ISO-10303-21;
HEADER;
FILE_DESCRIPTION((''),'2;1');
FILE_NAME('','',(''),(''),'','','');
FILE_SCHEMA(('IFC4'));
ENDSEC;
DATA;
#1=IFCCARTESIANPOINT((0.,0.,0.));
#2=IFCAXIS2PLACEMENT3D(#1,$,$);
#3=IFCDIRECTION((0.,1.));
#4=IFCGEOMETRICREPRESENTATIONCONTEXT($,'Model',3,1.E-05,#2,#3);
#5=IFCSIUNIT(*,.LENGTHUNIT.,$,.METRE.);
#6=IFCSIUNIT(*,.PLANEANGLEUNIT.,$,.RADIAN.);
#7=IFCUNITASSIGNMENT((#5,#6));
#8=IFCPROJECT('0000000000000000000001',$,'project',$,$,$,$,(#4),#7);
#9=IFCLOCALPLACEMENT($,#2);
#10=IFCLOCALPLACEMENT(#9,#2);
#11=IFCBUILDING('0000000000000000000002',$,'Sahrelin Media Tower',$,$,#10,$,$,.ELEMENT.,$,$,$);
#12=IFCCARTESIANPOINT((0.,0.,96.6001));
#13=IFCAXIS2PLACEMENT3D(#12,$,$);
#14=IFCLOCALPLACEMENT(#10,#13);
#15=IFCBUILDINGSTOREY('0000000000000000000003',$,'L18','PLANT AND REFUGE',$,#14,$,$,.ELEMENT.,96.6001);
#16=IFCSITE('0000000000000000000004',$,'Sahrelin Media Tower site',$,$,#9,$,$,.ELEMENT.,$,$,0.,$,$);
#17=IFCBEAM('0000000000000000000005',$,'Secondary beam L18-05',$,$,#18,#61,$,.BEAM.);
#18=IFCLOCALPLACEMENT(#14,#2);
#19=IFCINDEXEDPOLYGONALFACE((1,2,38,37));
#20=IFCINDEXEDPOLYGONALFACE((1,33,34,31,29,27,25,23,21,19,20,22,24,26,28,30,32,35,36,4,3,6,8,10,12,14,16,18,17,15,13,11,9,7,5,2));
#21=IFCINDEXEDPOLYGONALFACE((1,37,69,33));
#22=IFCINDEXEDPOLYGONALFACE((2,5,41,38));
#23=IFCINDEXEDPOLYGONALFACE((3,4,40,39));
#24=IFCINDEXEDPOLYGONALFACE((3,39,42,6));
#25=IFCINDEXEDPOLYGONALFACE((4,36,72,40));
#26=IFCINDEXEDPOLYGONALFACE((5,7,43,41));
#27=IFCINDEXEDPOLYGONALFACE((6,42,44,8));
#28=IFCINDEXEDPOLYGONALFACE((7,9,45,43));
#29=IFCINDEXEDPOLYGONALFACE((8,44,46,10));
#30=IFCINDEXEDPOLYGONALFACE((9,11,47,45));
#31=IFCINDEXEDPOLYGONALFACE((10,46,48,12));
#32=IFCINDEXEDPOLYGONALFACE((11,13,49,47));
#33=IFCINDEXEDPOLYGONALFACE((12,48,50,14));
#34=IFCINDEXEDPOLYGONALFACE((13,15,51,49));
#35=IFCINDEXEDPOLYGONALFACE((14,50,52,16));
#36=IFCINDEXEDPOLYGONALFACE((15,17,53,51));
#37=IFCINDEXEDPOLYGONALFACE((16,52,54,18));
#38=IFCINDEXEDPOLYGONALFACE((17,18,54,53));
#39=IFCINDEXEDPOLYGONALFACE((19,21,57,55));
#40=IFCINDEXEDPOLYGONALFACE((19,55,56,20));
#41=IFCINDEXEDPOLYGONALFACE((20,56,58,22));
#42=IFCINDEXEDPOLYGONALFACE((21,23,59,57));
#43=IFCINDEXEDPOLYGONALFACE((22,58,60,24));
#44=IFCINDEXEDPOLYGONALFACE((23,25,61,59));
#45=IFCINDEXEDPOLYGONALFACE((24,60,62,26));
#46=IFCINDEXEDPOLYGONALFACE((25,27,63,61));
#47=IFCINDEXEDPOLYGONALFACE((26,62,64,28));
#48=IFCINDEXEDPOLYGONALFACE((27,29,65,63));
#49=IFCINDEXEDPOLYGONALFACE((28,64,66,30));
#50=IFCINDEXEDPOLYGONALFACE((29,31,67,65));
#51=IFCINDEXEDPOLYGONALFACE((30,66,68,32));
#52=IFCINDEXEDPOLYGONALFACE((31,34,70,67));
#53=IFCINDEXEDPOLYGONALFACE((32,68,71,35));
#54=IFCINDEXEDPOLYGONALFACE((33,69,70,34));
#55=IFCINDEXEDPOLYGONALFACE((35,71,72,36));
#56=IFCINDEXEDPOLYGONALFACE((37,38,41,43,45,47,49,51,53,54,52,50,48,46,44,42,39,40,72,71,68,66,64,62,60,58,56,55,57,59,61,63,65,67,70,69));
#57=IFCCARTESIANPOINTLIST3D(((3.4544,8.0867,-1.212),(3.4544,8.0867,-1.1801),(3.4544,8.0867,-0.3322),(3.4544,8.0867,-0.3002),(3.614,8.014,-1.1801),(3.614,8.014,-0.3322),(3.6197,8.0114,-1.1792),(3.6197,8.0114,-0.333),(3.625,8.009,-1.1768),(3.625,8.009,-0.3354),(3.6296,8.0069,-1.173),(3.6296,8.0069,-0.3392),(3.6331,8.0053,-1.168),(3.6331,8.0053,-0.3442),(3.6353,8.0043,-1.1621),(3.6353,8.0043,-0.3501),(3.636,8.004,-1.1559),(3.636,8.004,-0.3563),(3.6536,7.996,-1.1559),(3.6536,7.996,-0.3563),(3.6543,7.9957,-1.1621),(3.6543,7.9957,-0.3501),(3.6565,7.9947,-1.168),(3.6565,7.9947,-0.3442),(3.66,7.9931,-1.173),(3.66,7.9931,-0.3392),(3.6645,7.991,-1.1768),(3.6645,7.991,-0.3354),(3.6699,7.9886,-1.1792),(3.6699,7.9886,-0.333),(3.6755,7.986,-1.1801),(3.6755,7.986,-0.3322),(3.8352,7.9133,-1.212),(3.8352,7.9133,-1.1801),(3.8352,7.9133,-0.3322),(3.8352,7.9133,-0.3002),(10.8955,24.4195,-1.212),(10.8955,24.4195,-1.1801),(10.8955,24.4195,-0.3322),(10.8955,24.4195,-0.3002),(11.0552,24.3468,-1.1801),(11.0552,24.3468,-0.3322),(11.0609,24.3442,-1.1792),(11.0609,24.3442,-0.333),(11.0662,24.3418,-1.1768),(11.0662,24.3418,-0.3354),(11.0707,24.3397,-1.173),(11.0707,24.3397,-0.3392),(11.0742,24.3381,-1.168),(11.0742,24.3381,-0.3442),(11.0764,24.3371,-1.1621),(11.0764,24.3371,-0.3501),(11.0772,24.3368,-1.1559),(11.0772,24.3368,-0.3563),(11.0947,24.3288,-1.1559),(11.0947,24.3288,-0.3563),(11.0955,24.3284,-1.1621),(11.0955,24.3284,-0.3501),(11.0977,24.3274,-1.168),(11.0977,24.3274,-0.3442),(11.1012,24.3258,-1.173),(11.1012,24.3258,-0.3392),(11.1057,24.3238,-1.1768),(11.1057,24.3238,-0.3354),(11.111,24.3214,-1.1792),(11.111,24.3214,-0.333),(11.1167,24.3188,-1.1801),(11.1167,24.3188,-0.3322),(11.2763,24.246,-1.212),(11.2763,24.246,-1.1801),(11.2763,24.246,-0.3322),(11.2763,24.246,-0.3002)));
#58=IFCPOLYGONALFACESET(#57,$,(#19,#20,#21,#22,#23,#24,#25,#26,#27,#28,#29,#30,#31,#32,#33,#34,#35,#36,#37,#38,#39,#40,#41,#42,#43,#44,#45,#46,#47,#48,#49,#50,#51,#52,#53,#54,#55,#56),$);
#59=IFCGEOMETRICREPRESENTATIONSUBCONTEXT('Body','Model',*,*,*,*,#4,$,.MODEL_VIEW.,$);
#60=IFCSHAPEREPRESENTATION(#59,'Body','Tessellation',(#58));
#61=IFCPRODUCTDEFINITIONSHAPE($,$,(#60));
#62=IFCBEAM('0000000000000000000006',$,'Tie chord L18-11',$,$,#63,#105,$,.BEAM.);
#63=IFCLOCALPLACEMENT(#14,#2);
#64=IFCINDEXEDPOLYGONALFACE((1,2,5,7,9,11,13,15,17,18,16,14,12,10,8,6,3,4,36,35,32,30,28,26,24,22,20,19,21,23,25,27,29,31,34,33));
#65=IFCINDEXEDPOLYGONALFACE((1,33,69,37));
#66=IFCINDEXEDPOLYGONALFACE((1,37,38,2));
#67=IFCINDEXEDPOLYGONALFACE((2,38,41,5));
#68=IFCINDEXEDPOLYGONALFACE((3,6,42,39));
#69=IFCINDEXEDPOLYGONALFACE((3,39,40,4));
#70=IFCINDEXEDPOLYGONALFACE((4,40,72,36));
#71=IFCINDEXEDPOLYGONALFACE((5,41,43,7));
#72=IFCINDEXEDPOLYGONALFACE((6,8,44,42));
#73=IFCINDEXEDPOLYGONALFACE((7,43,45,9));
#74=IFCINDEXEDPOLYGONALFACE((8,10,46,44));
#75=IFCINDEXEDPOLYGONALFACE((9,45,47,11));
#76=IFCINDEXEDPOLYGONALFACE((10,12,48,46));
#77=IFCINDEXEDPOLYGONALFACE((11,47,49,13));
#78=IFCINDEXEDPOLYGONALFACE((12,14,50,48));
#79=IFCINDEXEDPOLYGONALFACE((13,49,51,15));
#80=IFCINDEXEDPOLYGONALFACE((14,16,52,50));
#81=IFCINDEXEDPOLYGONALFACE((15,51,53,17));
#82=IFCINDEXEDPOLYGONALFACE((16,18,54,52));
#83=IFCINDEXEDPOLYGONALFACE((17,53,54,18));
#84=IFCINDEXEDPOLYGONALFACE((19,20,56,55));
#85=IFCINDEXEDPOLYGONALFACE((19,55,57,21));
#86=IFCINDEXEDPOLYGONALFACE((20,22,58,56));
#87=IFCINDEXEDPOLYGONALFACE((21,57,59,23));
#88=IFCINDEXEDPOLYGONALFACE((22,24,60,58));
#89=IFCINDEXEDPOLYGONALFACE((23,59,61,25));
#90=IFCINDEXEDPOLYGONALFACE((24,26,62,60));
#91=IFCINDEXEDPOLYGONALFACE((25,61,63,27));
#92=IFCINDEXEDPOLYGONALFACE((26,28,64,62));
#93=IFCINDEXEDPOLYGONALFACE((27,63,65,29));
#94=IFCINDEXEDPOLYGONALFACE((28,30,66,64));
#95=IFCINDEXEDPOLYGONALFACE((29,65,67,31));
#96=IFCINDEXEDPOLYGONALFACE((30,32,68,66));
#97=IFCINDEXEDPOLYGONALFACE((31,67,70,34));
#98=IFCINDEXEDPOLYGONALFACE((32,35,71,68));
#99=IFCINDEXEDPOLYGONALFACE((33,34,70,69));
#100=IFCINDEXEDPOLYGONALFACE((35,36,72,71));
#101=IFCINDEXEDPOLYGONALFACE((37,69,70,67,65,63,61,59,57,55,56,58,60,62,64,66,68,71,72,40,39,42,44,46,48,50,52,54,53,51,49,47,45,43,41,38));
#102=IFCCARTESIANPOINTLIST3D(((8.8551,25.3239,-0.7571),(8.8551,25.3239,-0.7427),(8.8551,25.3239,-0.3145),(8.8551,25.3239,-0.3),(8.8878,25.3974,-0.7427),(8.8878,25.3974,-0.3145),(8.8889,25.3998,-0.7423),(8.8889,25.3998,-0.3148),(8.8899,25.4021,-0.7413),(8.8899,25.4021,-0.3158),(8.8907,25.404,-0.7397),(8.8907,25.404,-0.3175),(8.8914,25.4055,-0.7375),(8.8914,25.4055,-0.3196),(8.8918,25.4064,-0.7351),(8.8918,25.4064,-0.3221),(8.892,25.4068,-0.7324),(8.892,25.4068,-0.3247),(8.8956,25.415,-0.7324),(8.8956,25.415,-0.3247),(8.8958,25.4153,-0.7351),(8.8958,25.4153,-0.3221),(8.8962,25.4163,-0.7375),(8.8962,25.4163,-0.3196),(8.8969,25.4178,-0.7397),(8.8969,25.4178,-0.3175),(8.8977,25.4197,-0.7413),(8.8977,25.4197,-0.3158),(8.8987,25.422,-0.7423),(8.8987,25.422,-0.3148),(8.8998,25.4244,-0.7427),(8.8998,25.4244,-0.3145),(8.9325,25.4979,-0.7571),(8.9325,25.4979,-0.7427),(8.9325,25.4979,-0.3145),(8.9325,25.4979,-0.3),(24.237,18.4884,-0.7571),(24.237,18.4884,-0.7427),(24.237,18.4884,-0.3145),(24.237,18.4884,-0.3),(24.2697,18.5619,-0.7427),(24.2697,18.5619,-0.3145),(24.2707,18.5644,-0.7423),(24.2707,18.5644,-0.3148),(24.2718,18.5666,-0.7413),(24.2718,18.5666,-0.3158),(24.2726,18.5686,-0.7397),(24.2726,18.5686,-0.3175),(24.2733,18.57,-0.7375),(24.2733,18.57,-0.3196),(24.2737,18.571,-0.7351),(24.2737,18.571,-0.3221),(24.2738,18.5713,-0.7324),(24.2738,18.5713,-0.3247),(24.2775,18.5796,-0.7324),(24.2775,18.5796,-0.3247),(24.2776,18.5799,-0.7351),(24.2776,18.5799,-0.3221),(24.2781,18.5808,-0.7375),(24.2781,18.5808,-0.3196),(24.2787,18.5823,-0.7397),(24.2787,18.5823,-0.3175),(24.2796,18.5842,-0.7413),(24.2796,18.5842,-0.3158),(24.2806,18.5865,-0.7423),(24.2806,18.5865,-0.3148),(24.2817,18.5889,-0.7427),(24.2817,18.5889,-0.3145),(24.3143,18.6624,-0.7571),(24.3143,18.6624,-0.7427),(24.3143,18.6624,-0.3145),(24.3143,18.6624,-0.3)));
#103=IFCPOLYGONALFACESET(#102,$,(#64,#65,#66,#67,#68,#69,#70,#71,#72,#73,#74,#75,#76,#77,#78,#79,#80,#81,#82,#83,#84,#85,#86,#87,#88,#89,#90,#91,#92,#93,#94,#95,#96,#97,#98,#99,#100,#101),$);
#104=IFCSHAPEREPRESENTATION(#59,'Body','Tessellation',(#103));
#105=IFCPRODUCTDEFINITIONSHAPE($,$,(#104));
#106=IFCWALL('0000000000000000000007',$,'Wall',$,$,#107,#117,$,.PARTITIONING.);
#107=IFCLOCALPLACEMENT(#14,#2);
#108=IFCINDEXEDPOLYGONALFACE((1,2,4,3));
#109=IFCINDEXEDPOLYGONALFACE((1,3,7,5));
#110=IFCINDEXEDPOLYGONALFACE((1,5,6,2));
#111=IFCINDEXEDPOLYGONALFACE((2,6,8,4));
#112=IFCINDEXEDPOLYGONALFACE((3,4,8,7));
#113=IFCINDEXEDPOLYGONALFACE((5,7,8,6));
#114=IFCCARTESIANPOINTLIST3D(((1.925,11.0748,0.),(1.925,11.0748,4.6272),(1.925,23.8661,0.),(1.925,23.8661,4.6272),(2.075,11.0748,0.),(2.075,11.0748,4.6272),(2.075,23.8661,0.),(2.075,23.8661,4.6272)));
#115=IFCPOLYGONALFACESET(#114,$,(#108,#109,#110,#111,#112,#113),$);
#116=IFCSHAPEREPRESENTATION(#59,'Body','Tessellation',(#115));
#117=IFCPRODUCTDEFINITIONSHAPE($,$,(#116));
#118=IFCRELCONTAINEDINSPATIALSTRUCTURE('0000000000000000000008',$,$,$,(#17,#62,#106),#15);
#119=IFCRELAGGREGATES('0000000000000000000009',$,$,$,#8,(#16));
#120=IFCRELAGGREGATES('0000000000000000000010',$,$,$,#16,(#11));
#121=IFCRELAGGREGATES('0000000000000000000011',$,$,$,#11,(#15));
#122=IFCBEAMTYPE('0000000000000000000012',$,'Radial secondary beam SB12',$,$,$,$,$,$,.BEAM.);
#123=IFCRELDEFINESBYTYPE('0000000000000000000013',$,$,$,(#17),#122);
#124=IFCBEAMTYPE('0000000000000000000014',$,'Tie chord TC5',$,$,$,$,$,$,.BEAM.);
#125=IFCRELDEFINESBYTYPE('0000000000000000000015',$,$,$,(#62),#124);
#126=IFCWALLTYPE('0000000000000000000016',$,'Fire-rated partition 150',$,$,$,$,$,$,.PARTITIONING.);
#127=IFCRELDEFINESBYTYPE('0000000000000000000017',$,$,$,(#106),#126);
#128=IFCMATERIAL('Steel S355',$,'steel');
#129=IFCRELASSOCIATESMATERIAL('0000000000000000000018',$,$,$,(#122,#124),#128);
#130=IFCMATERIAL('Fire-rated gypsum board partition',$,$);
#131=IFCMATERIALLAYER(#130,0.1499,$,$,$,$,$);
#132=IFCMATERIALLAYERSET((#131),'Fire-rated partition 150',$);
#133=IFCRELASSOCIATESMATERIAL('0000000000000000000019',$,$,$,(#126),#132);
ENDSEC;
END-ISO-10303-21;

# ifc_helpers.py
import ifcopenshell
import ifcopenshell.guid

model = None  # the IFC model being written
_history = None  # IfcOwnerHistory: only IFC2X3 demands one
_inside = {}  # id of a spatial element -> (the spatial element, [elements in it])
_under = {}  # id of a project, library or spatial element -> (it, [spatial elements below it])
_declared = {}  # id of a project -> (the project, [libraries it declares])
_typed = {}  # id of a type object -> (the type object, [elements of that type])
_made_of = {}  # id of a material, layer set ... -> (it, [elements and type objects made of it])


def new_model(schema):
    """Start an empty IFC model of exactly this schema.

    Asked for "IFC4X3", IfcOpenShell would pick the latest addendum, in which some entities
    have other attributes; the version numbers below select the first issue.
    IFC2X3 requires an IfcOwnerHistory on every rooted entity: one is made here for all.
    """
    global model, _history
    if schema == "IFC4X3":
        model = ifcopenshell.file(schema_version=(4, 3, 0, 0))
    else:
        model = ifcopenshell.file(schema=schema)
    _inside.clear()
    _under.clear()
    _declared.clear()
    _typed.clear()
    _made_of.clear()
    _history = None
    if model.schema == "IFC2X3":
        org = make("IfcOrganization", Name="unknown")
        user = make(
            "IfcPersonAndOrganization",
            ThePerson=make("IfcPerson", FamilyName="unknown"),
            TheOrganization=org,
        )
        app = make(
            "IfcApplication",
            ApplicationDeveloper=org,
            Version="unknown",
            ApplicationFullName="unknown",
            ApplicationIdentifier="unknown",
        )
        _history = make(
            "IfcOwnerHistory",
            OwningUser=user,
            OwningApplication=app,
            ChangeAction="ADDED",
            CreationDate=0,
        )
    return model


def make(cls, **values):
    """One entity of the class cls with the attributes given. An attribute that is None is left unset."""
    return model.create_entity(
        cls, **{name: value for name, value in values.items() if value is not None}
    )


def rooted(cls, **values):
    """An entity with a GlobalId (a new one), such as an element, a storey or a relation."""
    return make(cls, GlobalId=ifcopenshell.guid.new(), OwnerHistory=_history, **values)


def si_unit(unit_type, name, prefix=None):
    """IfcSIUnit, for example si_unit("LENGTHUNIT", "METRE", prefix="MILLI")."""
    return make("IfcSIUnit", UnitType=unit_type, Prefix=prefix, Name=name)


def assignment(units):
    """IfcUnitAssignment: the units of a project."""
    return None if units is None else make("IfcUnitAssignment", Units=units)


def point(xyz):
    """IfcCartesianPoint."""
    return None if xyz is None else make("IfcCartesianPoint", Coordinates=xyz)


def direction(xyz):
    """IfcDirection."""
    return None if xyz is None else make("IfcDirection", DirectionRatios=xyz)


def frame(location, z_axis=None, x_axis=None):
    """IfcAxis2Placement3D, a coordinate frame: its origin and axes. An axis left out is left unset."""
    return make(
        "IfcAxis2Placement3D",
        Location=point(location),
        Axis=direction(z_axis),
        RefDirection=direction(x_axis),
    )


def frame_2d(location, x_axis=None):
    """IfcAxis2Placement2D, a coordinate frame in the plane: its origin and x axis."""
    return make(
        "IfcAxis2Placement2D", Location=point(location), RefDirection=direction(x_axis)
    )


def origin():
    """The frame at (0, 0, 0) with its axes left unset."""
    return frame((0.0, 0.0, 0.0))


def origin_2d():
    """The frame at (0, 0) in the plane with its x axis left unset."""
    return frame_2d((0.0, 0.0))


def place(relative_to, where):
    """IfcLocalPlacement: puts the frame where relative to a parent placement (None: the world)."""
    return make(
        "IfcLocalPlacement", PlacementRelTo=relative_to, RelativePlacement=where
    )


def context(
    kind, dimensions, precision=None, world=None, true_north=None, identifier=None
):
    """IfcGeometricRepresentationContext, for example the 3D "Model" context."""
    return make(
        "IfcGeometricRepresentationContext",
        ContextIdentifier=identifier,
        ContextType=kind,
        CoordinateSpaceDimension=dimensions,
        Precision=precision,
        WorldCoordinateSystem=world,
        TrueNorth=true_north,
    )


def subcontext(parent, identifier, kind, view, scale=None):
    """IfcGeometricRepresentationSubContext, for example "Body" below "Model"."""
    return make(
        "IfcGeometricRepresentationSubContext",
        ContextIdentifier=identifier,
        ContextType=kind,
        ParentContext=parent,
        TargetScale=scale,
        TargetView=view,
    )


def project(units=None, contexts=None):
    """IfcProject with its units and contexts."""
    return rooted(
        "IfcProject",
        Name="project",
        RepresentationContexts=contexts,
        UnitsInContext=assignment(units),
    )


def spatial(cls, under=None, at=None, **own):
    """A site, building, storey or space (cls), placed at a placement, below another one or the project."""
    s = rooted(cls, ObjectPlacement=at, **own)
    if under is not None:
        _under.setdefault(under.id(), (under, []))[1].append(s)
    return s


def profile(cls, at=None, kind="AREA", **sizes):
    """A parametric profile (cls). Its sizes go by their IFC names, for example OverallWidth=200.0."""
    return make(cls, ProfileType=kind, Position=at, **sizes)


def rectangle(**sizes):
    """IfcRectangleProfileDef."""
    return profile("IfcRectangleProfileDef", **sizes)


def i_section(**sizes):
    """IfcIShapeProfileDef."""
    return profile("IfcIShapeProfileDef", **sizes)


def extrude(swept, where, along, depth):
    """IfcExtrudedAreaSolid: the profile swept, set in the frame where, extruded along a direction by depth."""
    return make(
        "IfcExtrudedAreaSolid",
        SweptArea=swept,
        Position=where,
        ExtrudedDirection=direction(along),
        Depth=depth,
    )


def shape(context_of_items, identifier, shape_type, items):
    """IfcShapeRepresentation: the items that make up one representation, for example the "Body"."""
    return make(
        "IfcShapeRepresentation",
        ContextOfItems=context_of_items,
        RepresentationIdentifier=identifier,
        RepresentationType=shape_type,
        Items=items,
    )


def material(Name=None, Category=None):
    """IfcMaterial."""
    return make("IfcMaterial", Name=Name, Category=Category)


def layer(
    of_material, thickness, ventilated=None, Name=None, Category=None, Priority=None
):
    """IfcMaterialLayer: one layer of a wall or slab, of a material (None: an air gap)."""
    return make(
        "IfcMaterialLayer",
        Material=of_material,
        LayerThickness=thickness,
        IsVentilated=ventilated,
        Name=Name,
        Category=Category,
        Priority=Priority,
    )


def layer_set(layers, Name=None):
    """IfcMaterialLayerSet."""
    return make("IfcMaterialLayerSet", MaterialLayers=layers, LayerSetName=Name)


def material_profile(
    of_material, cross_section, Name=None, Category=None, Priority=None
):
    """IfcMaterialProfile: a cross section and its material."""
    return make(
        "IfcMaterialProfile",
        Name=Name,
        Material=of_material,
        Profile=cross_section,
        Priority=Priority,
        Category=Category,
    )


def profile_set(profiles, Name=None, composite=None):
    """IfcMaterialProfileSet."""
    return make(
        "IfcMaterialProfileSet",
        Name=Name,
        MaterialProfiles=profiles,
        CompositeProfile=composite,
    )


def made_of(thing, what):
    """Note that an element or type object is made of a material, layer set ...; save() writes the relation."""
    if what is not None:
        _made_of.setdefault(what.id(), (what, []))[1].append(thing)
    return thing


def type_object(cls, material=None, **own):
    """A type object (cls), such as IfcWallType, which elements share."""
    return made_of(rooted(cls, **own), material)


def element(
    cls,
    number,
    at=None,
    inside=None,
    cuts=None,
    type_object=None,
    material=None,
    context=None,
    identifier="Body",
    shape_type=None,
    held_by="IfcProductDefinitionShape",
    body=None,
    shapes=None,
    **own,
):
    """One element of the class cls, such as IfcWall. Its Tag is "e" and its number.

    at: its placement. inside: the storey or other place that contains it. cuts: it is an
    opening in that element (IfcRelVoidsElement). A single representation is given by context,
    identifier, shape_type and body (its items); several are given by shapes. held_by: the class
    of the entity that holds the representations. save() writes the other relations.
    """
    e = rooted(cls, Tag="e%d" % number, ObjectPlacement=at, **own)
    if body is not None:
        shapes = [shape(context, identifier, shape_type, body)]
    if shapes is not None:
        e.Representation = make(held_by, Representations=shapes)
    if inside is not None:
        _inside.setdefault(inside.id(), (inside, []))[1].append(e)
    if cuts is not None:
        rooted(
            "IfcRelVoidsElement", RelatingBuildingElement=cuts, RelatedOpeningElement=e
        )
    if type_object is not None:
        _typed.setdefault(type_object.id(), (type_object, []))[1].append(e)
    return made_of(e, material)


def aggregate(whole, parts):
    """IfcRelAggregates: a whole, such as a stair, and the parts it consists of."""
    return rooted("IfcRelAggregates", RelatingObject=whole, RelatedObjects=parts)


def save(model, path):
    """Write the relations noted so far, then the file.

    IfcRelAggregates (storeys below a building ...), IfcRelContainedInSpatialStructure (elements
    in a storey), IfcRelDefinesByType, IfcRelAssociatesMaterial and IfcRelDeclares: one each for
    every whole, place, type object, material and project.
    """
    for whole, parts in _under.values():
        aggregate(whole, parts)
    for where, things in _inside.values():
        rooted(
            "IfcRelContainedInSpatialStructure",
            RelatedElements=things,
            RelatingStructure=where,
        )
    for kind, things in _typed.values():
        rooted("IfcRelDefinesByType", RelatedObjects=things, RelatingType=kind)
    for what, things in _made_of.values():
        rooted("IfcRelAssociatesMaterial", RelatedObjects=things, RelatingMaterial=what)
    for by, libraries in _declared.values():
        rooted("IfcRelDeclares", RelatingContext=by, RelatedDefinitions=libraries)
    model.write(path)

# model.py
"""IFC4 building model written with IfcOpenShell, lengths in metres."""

from ifc_helpers import new_model, si_unit, direction, frame, frame_2d, origin, origin_2d, place, context, subcontext, project, spatial, rectangle, i_section, extrude, material, layer, layer_set, material_profile, profile_set, type_object, element, save


model = new_model("IFC4")

# Units and contexts
model_context = context("Model", 3, precision=1e-05, world=origin(), true_north=direction((0.0, 1.0)))
body_context = subcontext(model_context, "Body", "Model", "MODEL_VIEW")
ifc_project = project(units=[si_unit("LENGTHUNIT", "METRE"), si_unit("PLANEANGLEUNIT", "RADIAN")], contexts=[model_context])

# Site, building, storey
site_placement = place(None, origin())
site = spatial("IfcSite", under=ifc_project, at=site_placement, Name="Sahrelin Media Tower site", CompositionType="ELEMENT", RefElevation=0.0)
building_placement = place(site_placement, origin())
building = spatial("IfcBuilding", under=site, at=building_placement, Name="Sahrelin Media Tower", CompositionType="ELEMENT")
storey_placement = place(building_placement, frame((0.0, 0.0, 96.6001)))
storey = spatial("IfcBuildingStorey", under=building, at=storey_placement, Name="L18", Description="PLANT AND REFUGE", CompositionType="ELEMENT", Elevation=96.6001)

# Beams
ifc_material_1 = material(Name="Steel S355", Category="steel")
ifc_material_profile_1 = material_profile(ifc_material_1, i_section(OverallWidth=0.4185, OverallDepth=0.9119, WebThickness=0.0193, FlangeThickness=0.032, FilletRadius=0.0242, at=origin_2d()), Name="UB 914x419x343")
ifc_profile_set_1 = profile_set([ifc_material_profile_1], Name="Steel S355")
beam_type_1 = type_object("IfcBeamType", Name="Radial secondary beam SB12", PredefinedType="BEAM", material=ifc_profile_set_1)
beam_1_placement = place(storey_placement, frame((3.6448, 8.0, -0.7561), z_axis=(0.414596, 0.910006, 0.0), x_axis=(-0.910006, 0.414596, 0.0)))
element("IfcBeam", 1, at=beam_1_placement, inside=storey, type_object=beam_type_1, Name="Secondary beam L18-05", PredefinedType="BEAM", context=body_context, shape_type="SweptSolid", body=[
    extrude(i_section(OverallWidth=0.4185, OverallDepth=0.9119, WebThickness=0.0193, FlangeThickness=0.032, FilletRadius=0.0242, at=origin_2d()), origin(), (0.0, 0.0, 1.0), 17.948),
])
ifc_material_profile_2 = material_profile(ifc_material_1, i_section(OverallWidth=0.1904, OverallDepth=0.457, WebThickness=0.009, FlangeThickness=0.0144, FilletRadius=0.0103, at=origin_2d()), Name="UB 457x191x74")
ifc_profile_set_2 = profile_set([ifc_material_profile_2], Name="Steel S355")
beam_type_2 = type_object("IfcBeamType", Name="Tie chord TC5", PredefinedType="BEAM", material=ifc_profile_set_2)
beam_2_placement = place(storey_placement, frame((8.8938, 25.4109, -0.5286), z_axis=(0.913832, -0.406093, 0.0), x_axis=(0.406093, 0.913832, 0.0)))
element("IfcBeam", 2, at=beam_2_placement, inside=storey, type_object=beam_type_2, Name="Tie chord L18-11", PredefinedType="BEAM", context=body_context, shape_type="SweptSolid", body=[
    extrude(i_section(OverallWidth=0.1904, OverallDepth=0.457, WebThickness=0.009, FlangeThickness=0.0144, FilletRadius=0.0103, at=origin_2d()), origin(), (0.0, 0.0, 1.0), 16.8323),
])

# Wall
ifc_material_2 = material(Name="Fire-rated gypsum board partition")
ifc_layer = layer(ifc_material_2, 0.1499)
ifc_layer_set = layer_set([ifc_layer], Name="Fire-rated partition 150")
wall_type = type_object("IfcWallType", Name="Fire-rated partition 150", PredefinedType="PARTITIONING", material=ifc_layer_set)
wall_placement = place(storey_placement, frame((2.0, 11.075, 0.0), z_axis=(0.0, 0.0, 1.0), x_axis=(0.0, 1.0, 0.0)))
element("IfcWall", 3, at=wall_placement, inside=storey, type_object=wall_type, Name="Wall", PredefinedType="PARTITIONING", context=body_context, shape_type="SweptSolid", body=[
    extrude(rectangle(XDim=12.7913, YDim=0.1499, at=frame_2d((6.3955, 0.0))), origin(), (0.0, 0.0, 1.0), 4.6272),
])

save(model, "model.ifc")
